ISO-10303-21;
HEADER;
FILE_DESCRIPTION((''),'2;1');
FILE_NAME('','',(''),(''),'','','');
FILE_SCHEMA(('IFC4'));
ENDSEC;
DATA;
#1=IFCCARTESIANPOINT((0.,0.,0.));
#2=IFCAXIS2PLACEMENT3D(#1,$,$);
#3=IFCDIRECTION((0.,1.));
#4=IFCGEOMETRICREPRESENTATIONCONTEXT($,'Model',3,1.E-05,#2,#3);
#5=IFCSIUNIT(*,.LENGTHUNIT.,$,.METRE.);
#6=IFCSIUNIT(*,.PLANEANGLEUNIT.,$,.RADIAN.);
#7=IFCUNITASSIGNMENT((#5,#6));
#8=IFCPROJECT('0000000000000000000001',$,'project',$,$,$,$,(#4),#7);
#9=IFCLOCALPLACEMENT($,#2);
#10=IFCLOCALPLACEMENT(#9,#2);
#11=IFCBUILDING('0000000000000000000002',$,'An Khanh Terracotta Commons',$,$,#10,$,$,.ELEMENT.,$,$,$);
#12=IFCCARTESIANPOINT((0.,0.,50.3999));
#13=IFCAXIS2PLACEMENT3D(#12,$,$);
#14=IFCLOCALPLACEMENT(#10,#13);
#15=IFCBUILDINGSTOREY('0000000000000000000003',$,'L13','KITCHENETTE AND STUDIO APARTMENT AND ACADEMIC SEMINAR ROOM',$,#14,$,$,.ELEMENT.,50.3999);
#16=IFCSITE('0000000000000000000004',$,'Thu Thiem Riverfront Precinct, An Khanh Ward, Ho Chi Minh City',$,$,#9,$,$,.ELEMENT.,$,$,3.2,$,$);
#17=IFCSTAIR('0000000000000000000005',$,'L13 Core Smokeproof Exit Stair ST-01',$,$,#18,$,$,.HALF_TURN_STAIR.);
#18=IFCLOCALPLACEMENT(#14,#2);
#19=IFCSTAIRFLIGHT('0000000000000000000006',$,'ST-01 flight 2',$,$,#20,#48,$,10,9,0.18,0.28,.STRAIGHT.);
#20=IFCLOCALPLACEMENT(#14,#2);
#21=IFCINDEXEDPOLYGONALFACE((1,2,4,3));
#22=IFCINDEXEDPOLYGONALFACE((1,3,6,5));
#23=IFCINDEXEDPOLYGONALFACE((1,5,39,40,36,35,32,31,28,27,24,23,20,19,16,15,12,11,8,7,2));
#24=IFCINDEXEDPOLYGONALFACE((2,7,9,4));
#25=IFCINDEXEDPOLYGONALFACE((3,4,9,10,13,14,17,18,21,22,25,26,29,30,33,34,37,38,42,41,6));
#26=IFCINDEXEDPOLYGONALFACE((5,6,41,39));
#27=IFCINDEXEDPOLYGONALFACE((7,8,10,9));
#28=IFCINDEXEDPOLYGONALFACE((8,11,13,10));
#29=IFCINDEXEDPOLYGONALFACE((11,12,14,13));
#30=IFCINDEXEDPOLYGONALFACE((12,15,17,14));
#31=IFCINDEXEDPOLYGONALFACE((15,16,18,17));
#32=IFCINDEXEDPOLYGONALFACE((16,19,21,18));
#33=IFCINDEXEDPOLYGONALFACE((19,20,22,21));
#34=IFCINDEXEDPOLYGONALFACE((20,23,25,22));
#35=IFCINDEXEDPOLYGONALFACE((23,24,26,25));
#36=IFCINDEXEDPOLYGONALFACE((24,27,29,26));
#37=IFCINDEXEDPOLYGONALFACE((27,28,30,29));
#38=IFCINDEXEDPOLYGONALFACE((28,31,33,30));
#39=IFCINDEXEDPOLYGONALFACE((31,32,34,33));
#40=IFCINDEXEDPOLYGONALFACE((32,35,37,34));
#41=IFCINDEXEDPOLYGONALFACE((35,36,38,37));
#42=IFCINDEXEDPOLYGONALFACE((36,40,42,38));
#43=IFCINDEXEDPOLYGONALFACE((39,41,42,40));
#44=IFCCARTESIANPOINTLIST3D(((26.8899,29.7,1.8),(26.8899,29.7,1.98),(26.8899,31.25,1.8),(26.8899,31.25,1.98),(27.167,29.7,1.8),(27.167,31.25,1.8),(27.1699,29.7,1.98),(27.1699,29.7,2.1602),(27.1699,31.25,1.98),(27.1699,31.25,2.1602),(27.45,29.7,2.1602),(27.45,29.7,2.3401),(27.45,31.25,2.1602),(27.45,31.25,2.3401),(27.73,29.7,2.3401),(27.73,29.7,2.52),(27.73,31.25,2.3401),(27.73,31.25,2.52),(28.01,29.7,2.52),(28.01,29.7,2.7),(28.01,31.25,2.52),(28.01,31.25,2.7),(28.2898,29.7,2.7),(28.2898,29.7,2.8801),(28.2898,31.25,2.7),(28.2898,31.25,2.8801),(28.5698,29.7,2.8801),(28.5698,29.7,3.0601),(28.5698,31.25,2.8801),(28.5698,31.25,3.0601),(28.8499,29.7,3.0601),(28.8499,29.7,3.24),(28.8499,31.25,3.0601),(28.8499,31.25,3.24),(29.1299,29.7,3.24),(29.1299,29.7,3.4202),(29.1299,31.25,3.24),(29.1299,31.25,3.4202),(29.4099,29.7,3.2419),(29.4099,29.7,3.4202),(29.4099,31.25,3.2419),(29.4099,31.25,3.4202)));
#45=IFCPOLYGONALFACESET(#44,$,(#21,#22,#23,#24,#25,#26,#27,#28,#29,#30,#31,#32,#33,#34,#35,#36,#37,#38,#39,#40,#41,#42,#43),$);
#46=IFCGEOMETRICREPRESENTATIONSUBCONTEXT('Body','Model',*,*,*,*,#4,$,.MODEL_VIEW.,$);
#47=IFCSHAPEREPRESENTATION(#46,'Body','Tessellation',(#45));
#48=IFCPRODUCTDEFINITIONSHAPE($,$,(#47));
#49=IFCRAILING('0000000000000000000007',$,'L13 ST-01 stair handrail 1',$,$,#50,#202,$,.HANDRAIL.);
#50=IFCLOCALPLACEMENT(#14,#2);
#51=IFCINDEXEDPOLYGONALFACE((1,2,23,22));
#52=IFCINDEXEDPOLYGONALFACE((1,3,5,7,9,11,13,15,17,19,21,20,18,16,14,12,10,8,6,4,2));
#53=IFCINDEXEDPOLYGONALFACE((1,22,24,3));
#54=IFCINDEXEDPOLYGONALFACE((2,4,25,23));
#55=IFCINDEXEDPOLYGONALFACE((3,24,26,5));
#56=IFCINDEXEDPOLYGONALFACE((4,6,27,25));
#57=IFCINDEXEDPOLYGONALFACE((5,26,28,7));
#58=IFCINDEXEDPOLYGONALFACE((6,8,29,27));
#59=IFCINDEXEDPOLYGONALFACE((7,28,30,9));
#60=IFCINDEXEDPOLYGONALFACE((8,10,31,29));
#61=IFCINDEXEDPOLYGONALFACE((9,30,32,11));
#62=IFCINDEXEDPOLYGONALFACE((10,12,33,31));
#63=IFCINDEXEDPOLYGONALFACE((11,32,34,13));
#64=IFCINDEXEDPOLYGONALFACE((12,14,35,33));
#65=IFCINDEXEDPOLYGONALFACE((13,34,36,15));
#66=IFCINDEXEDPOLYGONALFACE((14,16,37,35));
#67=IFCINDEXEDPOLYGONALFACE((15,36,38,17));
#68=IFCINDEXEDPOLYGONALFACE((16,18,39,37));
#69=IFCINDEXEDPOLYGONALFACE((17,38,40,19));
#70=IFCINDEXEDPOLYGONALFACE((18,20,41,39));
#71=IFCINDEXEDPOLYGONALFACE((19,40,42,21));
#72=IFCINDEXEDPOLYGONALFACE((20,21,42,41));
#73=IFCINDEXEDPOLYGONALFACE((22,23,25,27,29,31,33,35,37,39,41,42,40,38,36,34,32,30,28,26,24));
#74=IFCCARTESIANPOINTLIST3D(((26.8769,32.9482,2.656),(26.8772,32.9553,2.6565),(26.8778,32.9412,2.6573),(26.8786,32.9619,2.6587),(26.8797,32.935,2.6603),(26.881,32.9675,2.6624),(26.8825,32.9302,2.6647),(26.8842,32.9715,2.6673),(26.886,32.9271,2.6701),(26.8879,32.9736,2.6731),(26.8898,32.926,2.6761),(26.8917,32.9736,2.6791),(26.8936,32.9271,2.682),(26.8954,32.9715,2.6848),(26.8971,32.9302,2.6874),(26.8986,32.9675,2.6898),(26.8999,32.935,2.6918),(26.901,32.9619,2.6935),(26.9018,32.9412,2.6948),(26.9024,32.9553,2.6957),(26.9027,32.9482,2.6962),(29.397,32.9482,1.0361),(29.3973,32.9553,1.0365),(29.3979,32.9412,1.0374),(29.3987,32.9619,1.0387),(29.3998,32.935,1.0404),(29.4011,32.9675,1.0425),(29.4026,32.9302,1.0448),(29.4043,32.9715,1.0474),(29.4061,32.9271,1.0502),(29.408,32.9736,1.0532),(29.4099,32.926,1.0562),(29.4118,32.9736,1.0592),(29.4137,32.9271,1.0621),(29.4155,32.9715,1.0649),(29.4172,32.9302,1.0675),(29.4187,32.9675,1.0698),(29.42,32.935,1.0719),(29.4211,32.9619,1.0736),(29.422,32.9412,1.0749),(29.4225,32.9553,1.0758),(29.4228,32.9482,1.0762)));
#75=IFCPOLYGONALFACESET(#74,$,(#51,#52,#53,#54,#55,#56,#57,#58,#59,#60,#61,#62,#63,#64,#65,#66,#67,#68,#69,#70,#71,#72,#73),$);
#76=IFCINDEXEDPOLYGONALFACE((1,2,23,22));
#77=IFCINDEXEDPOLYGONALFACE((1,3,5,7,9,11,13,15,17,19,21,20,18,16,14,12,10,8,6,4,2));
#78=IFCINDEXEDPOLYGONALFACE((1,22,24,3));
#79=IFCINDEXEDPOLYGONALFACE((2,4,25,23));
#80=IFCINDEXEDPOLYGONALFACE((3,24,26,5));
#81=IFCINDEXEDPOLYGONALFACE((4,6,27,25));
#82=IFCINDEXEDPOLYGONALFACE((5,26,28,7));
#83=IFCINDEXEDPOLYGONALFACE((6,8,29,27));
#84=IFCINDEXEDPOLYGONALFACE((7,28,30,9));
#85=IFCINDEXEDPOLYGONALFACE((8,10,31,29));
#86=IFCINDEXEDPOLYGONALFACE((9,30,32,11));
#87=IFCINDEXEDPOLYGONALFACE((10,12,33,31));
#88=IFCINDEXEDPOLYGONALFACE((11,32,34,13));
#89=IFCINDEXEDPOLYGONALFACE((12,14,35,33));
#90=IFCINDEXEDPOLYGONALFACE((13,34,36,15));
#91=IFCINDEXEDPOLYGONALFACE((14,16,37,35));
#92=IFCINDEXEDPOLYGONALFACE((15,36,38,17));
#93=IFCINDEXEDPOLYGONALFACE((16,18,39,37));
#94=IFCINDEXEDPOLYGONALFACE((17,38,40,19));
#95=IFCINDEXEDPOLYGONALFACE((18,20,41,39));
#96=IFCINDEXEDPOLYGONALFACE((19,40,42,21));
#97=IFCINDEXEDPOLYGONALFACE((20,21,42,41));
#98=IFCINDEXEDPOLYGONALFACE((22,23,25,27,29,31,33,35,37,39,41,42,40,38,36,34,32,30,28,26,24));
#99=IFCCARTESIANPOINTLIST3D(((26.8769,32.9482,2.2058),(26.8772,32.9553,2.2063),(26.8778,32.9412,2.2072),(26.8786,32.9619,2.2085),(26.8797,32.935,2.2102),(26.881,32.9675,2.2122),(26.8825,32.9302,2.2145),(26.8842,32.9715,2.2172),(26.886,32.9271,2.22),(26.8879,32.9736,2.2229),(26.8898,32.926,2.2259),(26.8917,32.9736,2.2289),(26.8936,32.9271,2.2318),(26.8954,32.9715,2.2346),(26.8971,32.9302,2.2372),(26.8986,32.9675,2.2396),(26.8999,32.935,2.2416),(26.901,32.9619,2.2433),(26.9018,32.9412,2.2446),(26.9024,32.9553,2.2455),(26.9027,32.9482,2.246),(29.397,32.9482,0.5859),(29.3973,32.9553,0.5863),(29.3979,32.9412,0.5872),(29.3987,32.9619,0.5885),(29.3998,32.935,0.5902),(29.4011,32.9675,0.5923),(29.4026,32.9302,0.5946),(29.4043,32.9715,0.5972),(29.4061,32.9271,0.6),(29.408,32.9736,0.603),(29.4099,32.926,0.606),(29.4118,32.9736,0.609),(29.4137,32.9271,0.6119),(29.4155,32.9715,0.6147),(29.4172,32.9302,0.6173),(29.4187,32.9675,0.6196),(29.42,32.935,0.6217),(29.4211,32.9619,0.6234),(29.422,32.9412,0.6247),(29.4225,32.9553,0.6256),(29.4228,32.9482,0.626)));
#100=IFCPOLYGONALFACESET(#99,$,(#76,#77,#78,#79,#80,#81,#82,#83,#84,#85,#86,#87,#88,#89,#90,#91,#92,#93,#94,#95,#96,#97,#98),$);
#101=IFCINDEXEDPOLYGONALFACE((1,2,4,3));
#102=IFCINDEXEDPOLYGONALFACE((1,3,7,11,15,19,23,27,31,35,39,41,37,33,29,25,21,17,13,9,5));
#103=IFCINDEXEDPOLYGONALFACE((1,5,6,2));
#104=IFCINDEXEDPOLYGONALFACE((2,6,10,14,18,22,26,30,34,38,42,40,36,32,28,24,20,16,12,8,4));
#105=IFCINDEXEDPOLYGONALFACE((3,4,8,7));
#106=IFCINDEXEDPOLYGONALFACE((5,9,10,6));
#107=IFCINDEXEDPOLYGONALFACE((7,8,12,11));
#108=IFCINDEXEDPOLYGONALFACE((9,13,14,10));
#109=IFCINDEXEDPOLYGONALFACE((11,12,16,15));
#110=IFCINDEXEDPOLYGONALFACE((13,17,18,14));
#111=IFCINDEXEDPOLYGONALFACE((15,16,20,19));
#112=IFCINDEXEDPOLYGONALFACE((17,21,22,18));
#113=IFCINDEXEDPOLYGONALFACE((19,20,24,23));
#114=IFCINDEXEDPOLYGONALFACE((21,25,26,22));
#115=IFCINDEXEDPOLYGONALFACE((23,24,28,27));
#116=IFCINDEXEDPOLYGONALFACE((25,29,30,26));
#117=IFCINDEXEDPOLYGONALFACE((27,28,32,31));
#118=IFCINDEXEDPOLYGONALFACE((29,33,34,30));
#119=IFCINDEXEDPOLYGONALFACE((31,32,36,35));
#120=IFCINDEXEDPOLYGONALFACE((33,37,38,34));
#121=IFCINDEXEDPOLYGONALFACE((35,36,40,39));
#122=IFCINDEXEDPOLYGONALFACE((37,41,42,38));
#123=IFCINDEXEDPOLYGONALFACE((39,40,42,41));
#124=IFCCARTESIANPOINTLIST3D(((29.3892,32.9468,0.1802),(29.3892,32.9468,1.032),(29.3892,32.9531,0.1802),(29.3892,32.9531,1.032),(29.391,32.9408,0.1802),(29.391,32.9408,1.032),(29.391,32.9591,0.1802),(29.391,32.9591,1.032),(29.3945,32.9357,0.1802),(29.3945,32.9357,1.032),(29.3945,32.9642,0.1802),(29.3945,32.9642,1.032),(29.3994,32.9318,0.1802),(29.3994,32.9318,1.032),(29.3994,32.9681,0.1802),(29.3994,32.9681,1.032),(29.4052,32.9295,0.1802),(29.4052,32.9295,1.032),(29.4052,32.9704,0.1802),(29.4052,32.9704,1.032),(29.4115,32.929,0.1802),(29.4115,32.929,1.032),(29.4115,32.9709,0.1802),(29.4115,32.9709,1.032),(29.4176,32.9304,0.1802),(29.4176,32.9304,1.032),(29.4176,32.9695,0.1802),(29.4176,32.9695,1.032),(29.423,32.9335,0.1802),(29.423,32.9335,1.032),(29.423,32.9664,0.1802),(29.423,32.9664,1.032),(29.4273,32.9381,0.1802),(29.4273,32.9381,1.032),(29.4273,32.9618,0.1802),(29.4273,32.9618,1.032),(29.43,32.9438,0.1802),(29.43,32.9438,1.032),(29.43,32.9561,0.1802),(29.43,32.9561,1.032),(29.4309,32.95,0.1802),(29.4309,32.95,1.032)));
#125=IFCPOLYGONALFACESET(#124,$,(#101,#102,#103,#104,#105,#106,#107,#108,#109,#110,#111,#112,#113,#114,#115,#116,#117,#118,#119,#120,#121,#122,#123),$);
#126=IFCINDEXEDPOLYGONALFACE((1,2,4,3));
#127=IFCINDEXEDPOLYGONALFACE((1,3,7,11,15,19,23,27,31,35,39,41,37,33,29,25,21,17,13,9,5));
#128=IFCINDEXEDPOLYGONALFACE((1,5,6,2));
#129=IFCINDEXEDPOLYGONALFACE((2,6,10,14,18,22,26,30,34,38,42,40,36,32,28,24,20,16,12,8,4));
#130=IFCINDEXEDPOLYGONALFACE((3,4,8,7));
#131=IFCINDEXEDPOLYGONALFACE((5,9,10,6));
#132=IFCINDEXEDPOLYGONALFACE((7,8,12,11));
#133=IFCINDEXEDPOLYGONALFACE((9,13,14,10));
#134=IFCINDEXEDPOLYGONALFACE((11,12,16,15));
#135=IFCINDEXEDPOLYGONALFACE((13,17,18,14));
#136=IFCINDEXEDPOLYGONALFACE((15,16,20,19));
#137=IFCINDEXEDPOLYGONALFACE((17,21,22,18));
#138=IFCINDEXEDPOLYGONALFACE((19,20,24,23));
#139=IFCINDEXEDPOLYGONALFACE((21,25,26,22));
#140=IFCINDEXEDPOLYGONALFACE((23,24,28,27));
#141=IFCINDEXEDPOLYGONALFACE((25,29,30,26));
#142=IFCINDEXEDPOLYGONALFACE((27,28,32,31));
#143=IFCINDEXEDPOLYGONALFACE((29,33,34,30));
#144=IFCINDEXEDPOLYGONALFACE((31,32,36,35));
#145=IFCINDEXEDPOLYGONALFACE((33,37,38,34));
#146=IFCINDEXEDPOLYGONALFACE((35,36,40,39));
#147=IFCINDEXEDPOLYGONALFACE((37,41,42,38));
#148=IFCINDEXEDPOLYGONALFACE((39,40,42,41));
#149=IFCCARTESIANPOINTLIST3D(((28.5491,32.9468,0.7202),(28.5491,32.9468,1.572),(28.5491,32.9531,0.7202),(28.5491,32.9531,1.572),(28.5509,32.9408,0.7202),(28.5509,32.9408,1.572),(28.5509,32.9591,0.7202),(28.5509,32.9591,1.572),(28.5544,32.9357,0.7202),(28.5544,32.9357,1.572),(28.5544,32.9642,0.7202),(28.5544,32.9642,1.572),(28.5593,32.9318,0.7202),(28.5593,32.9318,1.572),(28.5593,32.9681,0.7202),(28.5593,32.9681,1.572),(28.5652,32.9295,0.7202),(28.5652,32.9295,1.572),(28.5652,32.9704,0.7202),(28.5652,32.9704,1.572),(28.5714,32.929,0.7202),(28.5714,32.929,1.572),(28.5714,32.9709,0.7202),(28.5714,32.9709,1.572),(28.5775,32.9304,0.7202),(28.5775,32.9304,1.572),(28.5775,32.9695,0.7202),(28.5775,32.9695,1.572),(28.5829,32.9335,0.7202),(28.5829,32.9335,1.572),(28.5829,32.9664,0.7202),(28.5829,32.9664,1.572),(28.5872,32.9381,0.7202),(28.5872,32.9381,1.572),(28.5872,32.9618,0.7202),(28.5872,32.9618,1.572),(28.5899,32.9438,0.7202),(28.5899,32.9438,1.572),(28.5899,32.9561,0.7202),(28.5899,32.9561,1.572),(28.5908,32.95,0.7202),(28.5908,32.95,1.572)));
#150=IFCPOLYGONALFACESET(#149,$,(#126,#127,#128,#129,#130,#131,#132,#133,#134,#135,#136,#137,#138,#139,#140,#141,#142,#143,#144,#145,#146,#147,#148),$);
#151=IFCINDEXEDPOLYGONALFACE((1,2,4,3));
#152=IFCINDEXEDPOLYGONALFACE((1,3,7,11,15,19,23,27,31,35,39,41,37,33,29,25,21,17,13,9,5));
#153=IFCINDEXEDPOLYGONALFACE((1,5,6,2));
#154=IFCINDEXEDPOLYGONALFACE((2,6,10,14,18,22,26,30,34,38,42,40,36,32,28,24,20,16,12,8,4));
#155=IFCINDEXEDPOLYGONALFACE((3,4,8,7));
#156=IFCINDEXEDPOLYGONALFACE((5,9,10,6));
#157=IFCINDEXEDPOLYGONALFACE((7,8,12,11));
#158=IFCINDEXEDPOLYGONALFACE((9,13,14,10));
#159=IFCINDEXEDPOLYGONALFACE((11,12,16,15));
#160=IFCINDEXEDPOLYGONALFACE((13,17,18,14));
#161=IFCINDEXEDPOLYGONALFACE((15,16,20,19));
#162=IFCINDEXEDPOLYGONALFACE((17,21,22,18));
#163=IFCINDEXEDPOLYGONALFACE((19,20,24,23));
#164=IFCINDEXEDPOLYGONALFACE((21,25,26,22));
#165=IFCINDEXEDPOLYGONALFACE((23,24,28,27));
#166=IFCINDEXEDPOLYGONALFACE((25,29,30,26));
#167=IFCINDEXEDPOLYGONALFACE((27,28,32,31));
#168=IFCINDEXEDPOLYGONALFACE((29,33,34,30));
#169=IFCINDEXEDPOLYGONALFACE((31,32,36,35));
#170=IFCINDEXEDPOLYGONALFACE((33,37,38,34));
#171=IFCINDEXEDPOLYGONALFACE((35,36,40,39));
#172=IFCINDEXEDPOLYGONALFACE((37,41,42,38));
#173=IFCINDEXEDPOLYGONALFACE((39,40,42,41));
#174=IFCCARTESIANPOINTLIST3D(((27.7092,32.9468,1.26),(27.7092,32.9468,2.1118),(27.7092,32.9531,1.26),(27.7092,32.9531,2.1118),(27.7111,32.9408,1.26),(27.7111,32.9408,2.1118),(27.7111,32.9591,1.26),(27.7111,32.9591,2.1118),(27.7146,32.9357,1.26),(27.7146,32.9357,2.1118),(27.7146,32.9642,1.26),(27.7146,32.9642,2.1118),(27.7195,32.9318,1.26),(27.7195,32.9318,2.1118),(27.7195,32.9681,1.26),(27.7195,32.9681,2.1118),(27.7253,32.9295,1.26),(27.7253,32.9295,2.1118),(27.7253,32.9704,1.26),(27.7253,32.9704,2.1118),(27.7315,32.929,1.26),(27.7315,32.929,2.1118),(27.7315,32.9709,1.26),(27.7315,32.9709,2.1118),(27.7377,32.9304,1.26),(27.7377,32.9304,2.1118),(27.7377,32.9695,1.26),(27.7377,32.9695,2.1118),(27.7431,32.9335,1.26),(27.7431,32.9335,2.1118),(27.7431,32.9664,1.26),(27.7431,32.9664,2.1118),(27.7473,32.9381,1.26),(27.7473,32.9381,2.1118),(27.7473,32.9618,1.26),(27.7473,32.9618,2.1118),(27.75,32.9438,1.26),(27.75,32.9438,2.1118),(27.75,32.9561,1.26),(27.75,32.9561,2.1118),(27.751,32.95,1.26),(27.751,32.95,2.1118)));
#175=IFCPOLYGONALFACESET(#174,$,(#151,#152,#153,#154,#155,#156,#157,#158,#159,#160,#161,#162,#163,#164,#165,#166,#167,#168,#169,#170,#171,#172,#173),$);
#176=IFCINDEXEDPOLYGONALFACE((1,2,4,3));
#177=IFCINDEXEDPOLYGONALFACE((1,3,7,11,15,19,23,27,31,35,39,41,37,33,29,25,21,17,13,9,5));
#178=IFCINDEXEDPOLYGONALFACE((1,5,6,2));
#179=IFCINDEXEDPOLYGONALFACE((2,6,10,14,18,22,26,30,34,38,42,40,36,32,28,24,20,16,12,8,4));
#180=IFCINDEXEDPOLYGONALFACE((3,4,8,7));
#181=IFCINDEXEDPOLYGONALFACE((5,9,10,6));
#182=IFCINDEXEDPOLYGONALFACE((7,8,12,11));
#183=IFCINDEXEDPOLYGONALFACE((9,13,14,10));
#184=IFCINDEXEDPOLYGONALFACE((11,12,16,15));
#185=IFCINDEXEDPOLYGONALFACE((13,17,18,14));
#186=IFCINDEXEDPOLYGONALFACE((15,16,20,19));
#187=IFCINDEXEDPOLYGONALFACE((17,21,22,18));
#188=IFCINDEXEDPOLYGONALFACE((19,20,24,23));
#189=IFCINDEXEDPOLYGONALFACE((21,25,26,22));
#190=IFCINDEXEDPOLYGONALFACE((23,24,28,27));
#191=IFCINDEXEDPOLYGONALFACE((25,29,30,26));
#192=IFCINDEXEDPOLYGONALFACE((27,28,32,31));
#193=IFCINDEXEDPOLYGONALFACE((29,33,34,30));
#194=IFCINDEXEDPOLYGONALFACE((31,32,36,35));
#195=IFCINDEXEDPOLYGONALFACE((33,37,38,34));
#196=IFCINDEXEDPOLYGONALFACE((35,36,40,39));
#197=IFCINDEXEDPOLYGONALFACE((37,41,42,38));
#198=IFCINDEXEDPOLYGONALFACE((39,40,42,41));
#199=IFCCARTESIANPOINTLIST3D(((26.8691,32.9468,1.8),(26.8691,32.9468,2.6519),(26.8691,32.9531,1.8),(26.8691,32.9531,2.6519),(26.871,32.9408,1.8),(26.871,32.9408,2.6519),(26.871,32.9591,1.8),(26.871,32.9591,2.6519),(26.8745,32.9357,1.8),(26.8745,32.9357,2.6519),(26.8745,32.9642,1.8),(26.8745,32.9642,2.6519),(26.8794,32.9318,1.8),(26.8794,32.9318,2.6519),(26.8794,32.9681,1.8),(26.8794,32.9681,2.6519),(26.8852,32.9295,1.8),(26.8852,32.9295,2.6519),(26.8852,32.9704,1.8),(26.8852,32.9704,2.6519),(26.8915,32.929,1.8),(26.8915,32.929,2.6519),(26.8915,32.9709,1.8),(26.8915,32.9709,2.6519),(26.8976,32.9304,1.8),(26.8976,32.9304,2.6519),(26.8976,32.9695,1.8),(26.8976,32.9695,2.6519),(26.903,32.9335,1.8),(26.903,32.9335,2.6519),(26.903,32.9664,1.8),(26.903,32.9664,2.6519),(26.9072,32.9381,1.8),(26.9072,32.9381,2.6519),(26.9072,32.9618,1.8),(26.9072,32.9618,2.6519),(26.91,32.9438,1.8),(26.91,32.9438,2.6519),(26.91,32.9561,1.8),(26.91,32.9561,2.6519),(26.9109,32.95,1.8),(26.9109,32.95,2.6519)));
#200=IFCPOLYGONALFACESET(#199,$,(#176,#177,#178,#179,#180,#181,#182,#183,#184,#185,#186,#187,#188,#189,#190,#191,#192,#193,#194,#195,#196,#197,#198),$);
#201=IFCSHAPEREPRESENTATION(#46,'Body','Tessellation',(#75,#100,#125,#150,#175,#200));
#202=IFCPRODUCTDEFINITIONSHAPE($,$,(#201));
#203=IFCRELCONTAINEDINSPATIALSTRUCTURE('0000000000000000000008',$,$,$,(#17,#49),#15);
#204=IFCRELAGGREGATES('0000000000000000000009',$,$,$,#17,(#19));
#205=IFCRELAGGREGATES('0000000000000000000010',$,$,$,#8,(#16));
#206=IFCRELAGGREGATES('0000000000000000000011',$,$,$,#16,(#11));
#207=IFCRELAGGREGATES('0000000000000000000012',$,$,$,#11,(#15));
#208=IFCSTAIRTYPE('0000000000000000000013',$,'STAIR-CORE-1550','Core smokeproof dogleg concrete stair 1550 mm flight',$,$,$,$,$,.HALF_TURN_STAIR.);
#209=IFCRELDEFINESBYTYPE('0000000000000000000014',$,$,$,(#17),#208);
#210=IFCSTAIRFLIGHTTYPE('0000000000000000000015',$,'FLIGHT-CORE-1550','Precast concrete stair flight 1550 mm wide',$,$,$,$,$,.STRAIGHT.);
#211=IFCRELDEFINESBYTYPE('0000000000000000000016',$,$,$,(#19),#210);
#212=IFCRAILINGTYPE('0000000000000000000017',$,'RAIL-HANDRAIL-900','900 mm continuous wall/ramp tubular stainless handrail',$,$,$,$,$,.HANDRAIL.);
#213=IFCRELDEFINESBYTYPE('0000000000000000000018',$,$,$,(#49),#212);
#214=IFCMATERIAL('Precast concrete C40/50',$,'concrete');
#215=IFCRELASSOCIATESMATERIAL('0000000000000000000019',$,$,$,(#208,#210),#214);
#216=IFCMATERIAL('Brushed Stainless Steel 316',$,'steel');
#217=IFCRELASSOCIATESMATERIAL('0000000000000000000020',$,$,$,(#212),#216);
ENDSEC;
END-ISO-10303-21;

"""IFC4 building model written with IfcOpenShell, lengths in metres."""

from ifc_helpers import new_model, si_unit, direction, frame, origin, origin_2d, place, context, subcontext, project, spatial, polyline, circle, outline, extrude, material, type_object, element, aggregate, save


model = new_model("IFC4")

# Units and contexts
model_context = context("Model", 3, precision=1e-05, world=origin(), true_north=direction((0.0, 1.0)))
body_context = subcontext(model_context, "Body", "Model", "MODEL_VIEW")
ifc_project = project(units=[si_unit("LENGTHUNIT", "METRE"), si_unit("PLANEANGLEUNIT", "RADIAN")], contexts=[model_context])

# Site, building, storey
site_placement = place(None, origin())
site = spatial("IfcSite", under=ifc_project, at=site_placement, Name="Thu Thiem Riverfront Precinct, An Khanh Ward, Ho Chi Minh City", CompositionType="ELEMENT", RefElevation=3.2)
building_placement = place(site_placement, origin())
building = spatial("IfcBuilding", under=site, at=building_placement, Name="An Khanh Terracotta Commons", CompositionType="ELEMENT")
storey_placement = place(building_placement, frame((0.0, 0.0, 50.3999)))
storey = spatial("IfcBuildingStorey", under=building, at=storey_placement, Name="L13", Description="KITCHENETTE AND STUDIO APARTMENT AND ACADEMIC SEMINAR ROOM", CompositionType="ELEMENT", Elevation=50.3999)

# Stair, stair flight
ifc_material_1 = material(Name="Precast concrete C40/50", Category="concrete")
stair_type = type_object("IfcStairType", Name="STAIR-CORE-1550", Description="Core smokeproof dogleg concrete stair 1550 mm flight", PredefinedType="HALF_TURN_STAIR", material=ifc_material_1)
stair_placement = place(storey_placement, origin())
stair = element("IfcStair", 1, at=stair_placement, inside=storey, type_object=stair_type, Name="L13 Core Smokeproof Exit Stair ST-01", PredefinedType="HALF_TURN_STAIR")
stair_flight_type = type_object("IfcStairFlightType", Name="FLIGHT-CORE-1550", Description="Precast concrete stair flight 1550 mm wide", PredefinedType="STRAIGHT", material=ifc_material_1)
stair_flight_1_placement = place(storey_placement, frame((26.8899, 30.4751, 1.8), z_axis=(0.0, 0.0, 1.0), x_axis=(1.0, 0.0, 0.0)))
stair_flight_1 = element("IfcStairFlight", 2, at=stair_flight_1_placement, type_object=stair_flight_type, Name="ST-01 flight 2", NumberOfRisers=10, NumberOfTreads=9, PredefinedType="STRAIGHT", RiserHeight=0.18, TreadLength=0.28, context=body_context, shape_type="SweptSolid", body=[
    extrude(outline(polyline([(0.0, 0.0), (0.0, 0.1799), (0.28, 0.1799), (0.28, 0.3601), (0.5601, 0.3601), (0.5601, 0.54), (0.8401, 0.54), (0.8401, 0.72), (1.1201, 0.72), (1.1201, 0.8999), (1.3999, 0.8999), (1.3999, 1.0801), (1.6799, 1.0801), (1.6799, 1.26), (1.96, 1.26), (1.96, 1.4399), (2.24, 1.4399), (2.24, 1.6201), (2.52, 1.6201), (2.52, 1.8), (2.52, 1.4419), (0.2771, 0.0), (0.0, 0.0)])), frame((0.0, 0.7749, 0.0), z_axis=(0.0, -1.0, 0.0), x_axis=(1.0, 0.0, 0.0)), (0.0, 0.0, 1.0), 1.55),
])
aggregate(stair, [stair_flight_1])

# Railing
ifc_material_2 = material(Name="Brushed Stainless Steel 316", Category="steel")
railing_type_1 = type_object("IfcRailingType", Name="RAIL-HANDRAIL-900", Description="900 mm continuous wall/ramp tubular stainless handrail", PredefinedType="HANDRAIL", material=ifc_material_2)
railing_1_placement = place(storey_placement, frame((29.4099, 32.95, 0.1802)))
element("IfcRailing", 3, at=railing_1_placement, inside=storey, type_object=railing_type_1, Name="L13 ST-01 stair handrail 1", PredefinedType="HANDRAIL", context=body_context, shape_type="SweptSolid", body=[
    extrude(circle(Radius=0.0239, at=origin_2d()), frame((0.0, 0.0, 0.876), z_axis=(-0.8412, 0.0, 0.540725), x_axis=(0.0, -1.0, 0.0)), (0.0, 0.0, 1.0), 2.9958),
    extrude(circle(Radius=0.0239, at=origin_2d()), frame((0.0, 0.0, 0.4258), z_axis=(-0.8412, 0.0, 0.540725), x_axis=(0.0, -1.0, 0.0)), (0.0, 0.0, 1.0), 2.9958),
    extrude(circle(Radius=0.021, at=origin_2d()), origin(), (0.0, 0.0, 1.0), 0.8518),
    extrude(circle(Radius=0.021, at=origin_2d()), frame((-0.8401, 0.0, 0.54)), (0.0, 0.0, 1.0), 0.8518),
    extrude(circle(Radius=0.021, at=origin_2d()), frame((-1.6799, 0.0, 1.0798)), (0.0, 0.0, 1.0), 0.8518),
    extrude(circle(Radius=0.021, at=origin_2d()), frame((-2.52, 0.0, 1.6199)), (0.0, 0.0, 1.0), 0.8518),
])

save(model, "model.ifc")
